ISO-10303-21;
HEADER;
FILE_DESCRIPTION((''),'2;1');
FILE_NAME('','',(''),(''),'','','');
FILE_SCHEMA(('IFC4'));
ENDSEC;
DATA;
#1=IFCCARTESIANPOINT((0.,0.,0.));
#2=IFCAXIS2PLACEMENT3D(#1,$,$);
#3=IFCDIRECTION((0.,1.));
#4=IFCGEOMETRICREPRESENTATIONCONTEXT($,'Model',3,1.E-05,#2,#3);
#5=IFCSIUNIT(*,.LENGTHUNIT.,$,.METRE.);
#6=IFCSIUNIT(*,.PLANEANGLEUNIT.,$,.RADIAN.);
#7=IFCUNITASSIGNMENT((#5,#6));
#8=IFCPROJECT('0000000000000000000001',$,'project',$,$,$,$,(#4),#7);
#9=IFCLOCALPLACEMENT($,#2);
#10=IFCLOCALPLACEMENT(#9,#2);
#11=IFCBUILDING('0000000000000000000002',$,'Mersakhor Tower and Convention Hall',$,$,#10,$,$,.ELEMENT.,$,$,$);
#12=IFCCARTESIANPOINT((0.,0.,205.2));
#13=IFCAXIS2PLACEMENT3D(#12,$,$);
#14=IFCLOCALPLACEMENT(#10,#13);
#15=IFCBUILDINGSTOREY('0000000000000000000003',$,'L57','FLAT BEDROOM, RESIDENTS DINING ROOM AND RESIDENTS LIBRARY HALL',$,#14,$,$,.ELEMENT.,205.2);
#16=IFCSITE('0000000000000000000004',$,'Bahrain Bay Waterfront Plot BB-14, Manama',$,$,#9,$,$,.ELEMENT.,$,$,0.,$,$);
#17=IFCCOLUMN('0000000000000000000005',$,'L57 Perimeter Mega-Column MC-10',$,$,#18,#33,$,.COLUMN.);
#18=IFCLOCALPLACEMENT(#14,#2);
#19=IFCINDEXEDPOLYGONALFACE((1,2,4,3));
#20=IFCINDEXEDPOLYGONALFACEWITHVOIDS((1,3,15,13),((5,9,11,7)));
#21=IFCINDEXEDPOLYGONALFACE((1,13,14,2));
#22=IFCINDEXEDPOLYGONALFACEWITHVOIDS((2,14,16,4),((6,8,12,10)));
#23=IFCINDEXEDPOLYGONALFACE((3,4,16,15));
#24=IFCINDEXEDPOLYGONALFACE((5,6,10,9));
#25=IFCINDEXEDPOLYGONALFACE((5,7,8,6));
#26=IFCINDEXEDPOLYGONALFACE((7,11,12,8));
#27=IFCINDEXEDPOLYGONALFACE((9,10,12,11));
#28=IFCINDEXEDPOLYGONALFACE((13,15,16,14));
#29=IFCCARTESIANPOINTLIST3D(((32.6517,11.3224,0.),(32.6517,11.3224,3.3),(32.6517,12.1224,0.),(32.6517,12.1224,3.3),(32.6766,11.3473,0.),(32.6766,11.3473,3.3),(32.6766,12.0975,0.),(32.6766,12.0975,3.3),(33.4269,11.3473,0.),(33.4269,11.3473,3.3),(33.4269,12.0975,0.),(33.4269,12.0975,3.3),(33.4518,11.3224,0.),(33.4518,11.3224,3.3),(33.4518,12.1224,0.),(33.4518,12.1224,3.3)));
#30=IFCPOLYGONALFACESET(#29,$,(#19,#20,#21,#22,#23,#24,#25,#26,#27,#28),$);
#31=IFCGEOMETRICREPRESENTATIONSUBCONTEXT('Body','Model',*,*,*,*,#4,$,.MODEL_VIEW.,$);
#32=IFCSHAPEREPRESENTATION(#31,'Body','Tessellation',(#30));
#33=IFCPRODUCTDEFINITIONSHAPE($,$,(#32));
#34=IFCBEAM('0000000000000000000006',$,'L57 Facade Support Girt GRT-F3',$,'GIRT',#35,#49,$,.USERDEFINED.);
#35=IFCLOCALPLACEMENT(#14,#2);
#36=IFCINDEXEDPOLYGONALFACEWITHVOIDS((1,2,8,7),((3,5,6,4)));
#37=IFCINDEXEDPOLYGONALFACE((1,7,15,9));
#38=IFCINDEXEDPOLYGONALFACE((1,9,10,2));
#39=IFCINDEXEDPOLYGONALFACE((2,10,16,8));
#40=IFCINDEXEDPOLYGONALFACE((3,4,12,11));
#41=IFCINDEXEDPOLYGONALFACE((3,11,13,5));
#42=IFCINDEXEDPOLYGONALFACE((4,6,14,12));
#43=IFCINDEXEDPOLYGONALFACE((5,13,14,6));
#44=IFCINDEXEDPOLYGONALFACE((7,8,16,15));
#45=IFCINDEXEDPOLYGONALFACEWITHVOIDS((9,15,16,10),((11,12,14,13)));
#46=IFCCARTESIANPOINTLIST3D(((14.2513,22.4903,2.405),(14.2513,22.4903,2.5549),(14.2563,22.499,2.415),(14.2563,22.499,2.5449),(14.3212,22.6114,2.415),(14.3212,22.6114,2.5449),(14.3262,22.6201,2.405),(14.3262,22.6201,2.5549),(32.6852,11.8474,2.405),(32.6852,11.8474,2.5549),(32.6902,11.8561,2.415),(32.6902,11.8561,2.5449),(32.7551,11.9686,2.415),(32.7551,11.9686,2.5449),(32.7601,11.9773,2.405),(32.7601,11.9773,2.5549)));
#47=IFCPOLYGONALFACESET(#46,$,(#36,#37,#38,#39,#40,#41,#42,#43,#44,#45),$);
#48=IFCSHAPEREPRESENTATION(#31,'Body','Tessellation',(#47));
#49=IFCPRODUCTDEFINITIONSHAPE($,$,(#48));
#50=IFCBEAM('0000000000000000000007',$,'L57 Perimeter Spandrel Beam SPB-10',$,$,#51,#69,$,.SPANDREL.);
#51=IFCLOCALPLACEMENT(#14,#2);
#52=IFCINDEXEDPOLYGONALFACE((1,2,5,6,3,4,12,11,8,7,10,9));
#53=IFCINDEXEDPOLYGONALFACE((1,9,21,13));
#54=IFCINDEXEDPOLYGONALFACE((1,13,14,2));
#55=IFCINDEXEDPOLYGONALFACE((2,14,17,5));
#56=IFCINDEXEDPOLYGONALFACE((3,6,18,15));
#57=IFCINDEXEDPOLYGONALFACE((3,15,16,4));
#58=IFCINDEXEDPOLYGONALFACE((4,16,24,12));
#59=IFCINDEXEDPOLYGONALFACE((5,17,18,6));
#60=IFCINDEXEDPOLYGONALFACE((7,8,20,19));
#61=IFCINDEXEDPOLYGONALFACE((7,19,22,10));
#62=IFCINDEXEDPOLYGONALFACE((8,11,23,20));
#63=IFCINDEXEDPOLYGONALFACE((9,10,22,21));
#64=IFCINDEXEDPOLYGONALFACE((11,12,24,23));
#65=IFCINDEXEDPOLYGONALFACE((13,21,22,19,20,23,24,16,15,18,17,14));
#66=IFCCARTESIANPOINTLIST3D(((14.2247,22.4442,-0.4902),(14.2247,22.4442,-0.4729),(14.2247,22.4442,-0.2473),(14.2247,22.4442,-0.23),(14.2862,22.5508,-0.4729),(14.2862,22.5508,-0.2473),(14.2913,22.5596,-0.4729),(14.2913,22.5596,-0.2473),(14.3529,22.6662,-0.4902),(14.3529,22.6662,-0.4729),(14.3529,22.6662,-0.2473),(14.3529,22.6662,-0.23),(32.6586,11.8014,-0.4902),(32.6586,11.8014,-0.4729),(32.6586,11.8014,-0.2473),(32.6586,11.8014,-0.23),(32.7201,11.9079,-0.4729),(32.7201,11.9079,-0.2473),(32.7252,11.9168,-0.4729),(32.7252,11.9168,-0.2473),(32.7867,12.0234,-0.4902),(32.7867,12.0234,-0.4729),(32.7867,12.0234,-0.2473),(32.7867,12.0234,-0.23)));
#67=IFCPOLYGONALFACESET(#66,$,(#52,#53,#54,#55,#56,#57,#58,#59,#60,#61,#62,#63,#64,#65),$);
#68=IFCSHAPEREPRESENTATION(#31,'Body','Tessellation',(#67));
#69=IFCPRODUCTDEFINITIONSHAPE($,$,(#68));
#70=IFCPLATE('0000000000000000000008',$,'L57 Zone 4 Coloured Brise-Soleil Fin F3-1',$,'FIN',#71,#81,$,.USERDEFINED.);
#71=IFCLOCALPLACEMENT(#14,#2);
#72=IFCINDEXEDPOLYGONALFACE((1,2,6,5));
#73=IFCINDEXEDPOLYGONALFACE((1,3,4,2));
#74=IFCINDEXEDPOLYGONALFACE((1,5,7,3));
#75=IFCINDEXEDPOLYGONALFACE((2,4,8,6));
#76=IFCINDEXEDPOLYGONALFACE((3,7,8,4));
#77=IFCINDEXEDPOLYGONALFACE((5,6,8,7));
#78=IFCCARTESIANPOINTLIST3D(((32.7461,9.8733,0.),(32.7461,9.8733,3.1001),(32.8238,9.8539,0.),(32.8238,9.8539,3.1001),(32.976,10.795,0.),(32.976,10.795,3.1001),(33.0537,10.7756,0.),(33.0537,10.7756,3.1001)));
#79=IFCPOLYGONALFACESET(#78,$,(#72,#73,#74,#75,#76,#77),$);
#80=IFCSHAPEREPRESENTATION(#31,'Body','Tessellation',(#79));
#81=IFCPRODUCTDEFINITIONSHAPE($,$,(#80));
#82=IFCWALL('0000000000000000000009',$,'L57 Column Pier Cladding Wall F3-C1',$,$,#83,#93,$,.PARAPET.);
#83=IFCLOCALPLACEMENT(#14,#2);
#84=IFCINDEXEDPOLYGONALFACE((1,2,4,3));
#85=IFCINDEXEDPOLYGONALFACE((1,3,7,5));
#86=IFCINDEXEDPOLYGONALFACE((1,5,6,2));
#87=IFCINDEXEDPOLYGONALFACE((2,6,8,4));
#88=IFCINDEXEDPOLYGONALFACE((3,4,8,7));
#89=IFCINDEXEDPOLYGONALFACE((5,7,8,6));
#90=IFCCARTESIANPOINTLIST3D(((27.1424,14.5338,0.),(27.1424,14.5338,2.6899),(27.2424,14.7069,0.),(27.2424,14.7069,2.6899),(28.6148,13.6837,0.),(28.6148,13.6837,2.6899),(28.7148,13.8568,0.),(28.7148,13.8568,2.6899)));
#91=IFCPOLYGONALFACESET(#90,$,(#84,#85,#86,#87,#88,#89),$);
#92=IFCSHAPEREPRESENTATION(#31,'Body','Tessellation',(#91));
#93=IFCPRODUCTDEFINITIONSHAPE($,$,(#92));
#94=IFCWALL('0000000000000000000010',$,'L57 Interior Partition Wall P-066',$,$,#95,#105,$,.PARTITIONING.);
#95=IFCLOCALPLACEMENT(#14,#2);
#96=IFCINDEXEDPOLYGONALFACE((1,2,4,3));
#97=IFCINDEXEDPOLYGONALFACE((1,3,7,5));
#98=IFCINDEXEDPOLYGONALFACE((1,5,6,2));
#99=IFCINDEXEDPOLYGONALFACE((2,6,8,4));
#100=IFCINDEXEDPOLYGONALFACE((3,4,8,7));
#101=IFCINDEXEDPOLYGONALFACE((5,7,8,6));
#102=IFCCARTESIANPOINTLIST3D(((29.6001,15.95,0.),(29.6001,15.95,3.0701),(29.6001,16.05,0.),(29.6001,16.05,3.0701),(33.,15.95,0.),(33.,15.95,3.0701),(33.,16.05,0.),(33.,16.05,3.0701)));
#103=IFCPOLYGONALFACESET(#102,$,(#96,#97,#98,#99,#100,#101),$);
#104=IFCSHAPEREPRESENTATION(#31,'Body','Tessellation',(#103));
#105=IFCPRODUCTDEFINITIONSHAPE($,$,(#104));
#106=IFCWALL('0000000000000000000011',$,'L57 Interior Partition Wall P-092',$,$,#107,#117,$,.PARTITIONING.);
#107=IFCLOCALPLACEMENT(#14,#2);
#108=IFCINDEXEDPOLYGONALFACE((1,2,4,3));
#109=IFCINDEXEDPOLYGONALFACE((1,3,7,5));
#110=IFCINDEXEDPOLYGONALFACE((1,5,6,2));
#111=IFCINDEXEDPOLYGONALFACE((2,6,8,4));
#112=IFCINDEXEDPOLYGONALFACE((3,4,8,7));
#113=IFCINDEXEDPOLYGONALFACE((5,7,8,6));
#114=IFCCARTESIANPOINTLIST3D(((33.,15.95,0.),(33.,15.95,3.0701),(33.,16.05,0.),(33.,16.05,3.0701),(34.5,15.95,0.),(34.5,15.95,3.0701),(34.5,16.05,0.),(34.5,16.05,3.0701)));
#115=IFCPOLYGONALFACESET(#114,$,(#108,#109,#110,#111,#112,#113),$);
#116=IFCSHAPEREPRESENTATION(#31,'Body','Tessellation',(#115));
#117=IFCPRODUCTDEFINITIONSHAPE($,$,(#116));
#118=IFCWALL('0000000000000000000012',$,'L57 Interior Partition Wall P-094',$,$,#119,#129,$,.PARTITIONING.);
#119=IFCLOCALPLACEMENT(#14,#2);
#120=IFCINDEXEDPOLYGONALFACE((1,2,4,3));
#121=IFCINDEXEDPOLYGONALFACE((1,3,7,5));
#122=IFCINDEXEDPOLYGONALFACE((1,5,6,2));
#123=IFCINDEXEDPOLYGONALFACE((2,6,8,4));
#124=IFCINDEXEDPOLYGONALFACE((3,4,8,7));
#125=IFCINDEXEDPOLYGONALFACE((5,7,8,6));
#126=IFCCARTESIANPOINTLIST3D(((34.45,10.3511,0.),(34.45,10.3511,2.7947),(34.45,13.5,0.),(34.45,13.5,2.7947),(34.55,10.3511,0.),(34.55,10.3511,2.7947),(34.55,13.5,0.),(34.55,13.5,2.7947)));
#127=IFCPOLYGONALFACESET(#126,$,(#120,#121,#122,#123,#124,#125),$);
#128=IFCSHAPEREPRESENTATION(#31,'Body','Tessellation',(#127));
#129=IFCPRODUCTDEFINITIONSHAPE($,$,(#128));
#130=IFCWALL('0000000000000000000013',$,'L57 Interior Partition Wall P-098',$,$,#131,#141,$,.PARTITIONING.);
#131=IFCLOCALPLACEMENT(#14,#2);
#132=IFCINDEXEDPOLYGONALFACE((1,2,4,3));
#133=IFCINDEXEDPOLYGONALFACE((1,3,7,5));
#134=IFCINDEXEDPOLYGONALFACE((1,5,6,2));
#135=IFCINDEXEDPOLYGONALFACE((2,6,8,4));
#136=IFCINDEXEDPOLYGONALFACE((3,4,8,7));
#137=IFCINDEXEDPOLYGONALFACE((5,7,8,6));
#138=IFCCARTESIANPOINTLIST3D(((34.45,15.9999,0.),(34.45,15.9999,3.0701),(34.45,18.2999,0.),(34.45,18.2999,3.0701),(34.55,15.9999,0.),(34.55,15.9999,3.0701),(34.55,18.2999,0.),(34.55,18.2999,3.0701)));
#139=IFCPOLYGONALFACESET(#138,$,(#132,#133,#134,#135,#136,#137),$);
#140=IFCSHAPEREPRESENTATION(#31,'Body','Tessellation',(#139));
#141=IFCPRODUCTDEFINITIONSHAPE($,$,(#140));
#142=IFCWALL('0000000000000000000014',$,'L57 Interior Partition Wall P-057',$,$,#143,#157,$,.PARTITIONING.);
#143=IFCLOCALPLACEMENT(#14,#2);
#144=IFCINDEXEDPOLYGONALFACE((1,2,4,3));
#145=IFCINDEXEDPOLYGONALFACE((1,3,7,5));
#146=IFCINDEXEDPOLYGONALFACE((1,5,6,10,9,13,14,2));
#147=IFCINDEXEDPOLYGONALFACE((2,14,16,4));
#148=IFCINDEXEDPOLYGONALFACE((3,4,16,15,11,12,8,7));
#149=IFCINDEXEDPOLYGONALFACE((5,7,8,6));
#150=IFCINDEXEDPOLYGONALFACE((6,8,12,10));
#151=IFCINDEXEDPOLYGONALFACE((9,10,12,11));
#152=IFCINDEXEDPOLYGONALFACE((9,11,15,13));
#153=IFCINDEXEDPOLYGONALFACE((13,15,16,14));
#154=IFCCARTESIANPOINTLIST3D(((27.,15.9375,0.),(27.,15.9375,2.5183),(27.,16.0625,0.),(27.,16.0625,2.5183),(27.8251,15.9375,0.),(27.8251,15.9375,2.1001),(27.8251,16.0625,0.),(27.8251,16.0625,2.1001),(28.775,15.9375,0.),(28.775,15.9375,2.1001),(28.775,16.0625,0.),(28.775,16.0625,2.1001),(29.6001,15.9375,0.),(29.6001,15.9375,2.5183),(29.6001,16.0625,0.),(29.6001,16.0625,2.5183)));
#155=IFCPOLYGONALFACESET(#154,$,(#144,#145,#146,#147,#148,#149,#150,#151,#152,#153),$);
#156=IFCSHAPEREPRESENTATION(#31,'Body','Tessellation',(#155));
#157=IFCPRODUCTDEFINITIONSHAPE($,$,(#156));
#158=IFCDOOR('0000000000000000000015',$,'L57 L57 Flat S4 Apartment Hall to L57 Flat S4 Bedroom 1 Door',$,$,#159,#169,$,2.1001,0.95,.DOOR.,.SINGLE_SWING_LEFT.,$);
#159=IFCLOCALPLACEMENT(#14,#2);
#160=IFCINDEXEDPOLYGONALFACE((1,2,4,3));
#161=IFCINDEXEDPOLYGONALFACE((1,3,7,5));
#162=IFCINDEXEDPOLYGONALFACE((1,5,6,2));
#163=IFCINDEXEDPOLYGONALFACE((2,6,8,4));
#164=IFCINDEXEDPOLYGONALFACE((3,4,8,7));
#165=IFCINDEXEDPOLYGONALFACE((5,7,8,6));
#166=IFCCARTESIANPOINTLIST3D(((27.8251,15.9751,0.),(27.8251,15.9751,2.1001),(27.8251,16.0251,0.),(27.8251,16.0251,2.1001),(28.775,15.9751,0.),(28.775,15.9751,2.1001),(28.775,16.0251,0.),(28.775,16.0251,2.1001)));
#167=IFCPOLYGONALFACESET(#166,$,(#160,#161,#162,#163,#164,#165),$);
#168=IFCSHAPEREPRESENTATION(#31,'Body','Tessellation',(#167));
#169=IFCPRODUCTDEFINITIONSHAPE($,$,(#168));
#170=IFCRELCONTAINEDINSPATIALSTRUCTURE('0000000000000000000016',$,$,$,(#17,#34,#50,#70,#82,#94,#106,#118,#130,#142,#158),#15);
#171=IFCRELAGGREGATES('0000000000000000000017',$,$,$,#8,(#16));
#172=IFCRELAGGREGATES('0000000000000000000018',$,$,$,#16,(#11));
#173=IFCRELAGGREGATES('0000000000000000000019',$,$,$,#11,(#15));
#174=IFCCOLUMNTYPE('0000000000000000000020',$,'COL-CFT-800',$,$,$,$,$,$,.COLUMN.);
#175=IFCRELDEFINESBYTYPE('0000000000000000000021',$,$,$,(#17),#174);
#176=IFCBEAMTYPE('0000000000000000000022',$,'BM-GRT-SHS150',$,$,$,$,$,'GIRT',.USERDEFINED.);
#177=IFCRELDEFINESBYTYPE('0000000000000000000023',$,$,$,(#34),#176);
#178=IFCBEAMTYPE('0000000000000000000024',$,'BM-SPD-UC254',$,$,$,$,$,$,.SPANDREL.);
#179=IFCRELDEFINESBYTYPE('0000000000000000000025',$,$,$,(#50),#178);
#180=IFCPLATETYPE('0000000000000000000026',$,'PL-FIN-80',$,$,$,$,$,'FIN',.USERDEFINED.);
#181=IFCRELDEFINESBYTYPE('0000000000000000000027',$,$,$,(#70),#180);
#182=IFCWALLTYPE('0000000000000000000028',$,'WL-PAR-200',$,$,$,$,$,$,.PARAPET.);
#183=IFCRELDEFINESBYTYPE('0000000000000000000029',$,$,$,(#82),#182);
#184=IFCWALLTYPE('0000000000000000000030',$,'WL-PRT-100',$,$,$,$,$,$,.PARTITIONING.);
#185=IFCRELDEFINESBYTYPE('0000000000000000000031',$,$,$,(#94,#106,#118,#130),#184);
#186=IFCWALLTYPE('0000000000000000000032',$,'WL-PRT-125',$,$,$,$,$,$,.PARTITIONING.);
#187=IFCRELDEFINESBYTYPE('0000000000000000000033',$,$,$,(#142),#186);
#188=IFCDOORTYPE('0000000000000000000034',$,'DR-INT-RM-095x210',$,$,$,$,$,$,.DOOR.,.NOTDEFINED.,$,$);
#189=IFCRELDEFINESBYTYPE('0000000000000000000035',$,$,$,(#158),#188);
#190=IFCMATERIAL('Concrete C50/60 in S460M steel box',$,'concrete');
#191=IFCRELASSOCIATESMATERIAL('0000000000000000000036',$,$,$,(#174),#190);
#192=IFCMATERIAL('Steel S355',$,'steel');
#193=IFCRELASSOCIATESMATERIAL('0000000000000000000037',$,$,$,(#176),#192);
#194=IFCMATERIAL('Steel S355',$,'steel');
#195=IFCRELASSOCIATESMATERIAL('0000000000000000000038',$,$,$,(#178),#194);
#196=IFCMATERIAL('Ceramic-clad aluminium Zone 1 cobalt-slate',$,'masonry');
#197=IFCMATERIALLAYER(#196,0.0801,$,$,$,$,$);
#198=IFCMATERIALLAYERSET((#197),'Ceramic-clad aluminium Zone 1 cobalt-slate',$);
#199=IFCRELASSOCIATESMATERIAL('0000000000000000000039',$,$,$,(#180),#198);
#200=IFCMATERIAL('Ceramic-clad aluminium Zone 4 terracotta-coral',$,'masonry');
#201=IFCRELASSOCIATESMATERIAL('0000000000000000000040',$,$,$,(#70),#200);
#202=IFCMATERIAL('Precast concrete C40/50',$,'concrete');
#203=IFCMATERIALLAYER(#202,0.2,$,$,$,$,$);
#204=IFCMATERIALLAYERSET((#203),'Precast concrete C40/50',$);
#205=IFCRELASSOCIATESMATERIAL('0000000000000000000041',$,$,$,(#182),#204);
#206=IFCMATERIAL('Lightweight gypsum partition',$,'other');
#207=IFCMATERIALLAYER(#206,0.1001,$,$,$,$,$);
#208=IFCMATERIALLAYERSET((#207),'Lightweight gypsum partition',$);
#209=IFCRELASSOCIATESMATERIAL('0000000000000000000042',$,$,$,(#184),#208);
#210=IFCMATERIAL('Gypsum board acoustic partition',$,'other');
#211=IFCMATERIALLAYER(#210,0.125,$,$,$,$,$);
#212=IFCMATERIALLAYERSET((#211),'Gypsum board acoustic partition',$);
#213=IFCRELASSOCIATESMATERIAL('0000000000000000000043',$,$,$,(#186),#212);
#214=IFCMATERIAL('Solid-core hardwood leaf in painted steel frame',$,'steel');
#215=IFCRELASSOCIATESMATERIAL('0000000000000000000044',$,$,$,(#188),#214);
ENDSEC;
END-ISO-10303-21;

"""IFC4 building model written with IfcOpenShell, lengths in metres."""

from ifc_helpers import new_model, si_unit, direction, frame, frame_2d, origin, origin_2d, place, context, subcontext, project, spatial, rectangle, hollow_rectangle, i_section, extrude, material, layer, layer_set, material_profile, profile_set, type_object, element, fill, save


model = new_model("IFC4")

# Units and contexts
model_context = context("Model", 3, precision=1e-05, world=origin(), true_north=direction((0.0, 1.0)))
body_context = subcontext(model_context, "Body", "Model", "MODEL_VIEW")
ifc_project = project(units=[si_unit("LENGTHUNIT", "METRE"), si_unit("PLANEANGLEUNIT", "RADIAN")], contexts=[model_context])

# Site, building, storey
site_placement = place(None, origin())
site = spatial("IfcSite", under=ifc_project, at=site_placement, Name="Bahrain Bay Waterfront Plot BB-14, Manama", CompositionType="ELEMENT", RefElevation=0.0)
building_placement = place(site_placement, origin())
building = spatial("IfcBuilding", under=site, at=building_placement, Name="Mersakhor Tower and Convention Hall", CompositionType="ELEMENT")
storey_placement = place(building_placement, frame((0.0, 0.0, 205.2)))
storey = spatial("IfcBuildingStorey", under=building, at=storey_placement, Name="L57", Description="FLAT BEDROOM, RESIDENTS DINING ROOM AND RESIDENTS LIBRARY HALL", CompositionType="ELEMENT", Elevation=205.2)

# Column
ifc_material_1 = material(Name="Concrete C50/60 in S460M steel box", Category="concrete")
ifc_material_profile_1 = material_profile(ifc_material_1, hollow_rectangle(XDim=0.8, YDim=0.8, WallThickness=0.0249, at=origin_2d()), Name="SHS 800x800x25")
ifc_profile_set_1 = profile_set([ifc_material_profile_1], Name="Concrete C50/60 in S460M steel box")
column_type = type_object("IfcColumnType", Name="COL-CFT-800", PredefinedType="COLUMN", material=ifc_profile_set_1)
column_placement = place(storey_placement, frame((33.0518, 11.7224, 0.0), z_axis=(0.0, 0.0, 1.0), x_axis=(1.0, 0.0, 0.0)))
element("IfcColumn", 1, at=column_placement, inside=storey, type_object=column_type, Name="L57 Perimeter Mega-Column MC-10", PredefinedType="COLUMN", context=body_context, shape_type="SweptSolid", body=[
    extrude(hollow_rectangle(XDim=0.8, YDim=0.8, WallThickness=0.0249, at=origin_2d()), origin(), (0.0, 0.0, 1.0), 3.3),
])

# Beams
ifc_material_2 = material(Name="Steel S355", Category="steel")
ifc_material_profile_2 = material_profile(ifc_material_2, hollow_rectangle(XDim=0.1499, YDim=0.1499, WallThickness=0.01, at=origin_2d()), Name="SHS 150x150x10")
ifc_profile_set_2 = profile_set([ifc_material_profile_2], Name="Steel S355")
beam_type_1 = type_object("IfcBeamType", Name="BM-GRT-SHS150", ElementType="GIRT", PredefinedType="USERDEFINED", material=ifc_profile_set_2)
beam_1_placement = place(storey_placement, frame((32.7227, 11.9124, 2.48), z_axis=(-0.866025, 0.500001, 0.0), x_axis=(-0.500001, -0.866025, 0.0)))
element("IfcBeam", 2, at=beam_1_placement, inside=storey, type_object=beam_type_1, Name="L57 Facade Support Girt GRT-F3", ObjectType="GIRT", PredefinedType="USERDEFINED", context=body_context, shape_type="SweptSolid", body=[
    extrude(hollow_rectangle(XDim=0.1499, YDim=0.1499, WallThickness=0.01, at=origin_2d()), origin(), (0.0, 0.0, 1.0), 21.2856),
])
ifc_material_3 = material(Name="Steel S355", Category="steel")
ifc_material_profile_3 = material_profile(ifc_material_3, i_section(OverallWidth=0.2563, OverallDepth=0.2603, WebThickness=0.0103, FlangeThickness=0.0173, at=origin_2d()), Name="UC 254x254x89")
ifc_profile_set_3 = profile_set([ifc_material_profile_3], Name="Steel S355")
beam_type_2 = type_object("IfcBeamType", Name="BM-SPD-UC254", PredefinedType="SPANDREL", material=ifc_profile_set_3)
beam_2_placement = place(storey_placement, frame((32.7227, 11.9124, -0.3601), z_axis=(-0.866025, 0.500001, 0.0), x_axis=(-0.500001, -0.866025, 0.0)))
element("IfcBeam", 3, at=beam_2_placement, inside=storey, type_object=beam_type_2, Name="L57 Perimeter Spandrel Beam SPB-10", PredefinedType="SPANDREL", context=body_context, shape_type="SweptSolid", body=[
    extrude(i_section(OverallWidth=0.2563, OverallDepth=0.2603, WebThickness=0.0103, FlangeThickness=0.0173, at=origin_2d()), origin(), (0.0, 0.0, 1.0), 21.2856),
])

# Plate
ifc_material_4 = material(Name="Ceramic-clad aluminium Zone 4 terracotta-coral", Category="masonry")
ifc_material_5 = material(Name="Ceramic-clad aluminium Zone 1 cobalt-slate", Category="masonry")
ifc_layer_1 = layer(ifc_material_5, 0.0801)
ifc_layer_set_1 = layer_set([ifc_layer_1], Name="Ceramic-clad aluminium Zone 1 cobalt-slate")
plate_type = type_object("IfcPlateType", Name="PL-FIN-80", ElementType="FIN", PredefinedType="USERDEFINED", material=ifc_layer_set_1)
plate_placement = place(storey_placement, frame((32.8999, 10.3245, 0.0), z_axis=(0.0, 0.0, 1.0), x_axis=(-0.241922, -0.970296, 0.0)))
element("IfcPlate", 4, at=plate_placement, inside=storey, type_object=plate_type, material=ifc_material_4, Name="L57 Zone 4 Coloured Brise-Soleil Fin F3-1", ObjectType="FIN", PredefinedType="USERDEFINED", context=body_context, shape_type="SweptSolid", body=[
    extrude(rectangle(XDim=0.95, YDim=0.0801, at=origin_2d()), origin(), (0.0, 0.0, 1.0), 3.1001),
])

# Walls
ifc_material_6 = material(Name="Precast concrete C40/50", Category="concrete")
ifc_layer_2 = layer(ifc_material_6, 0.2)
ifc_layer_set_2 = layer_set([ifc_layer_2], Name="Precast concrete C40/50")
wall_type_1 = type_object("IfcWallType", Name="WL-PAR-200", PredefinedType="PARAPET", material=ifc_layer_set_2)
wall_1_placement = place(storey_placement, frame((28.6648, 13.7703, 0.0), z_axis=(0.0, 0.0, 1.0), x_axis=(-0.866025, 0.5, 0.0)))
element("IfcWall", 5, at=wall_1_placement, inside=storey, type_object=wall_type_1, Name="L57 Column Pier Cladding Wall F3-C1", PredefinedType="PARAPET", context=body_context, shape_type="SweptSolid", body=[
    extrude(rectangle(XDim=1.7002, YDim=0.2, at=frame_2d((0.8501, 0.0))), origin(), (0.0, 0.0, 1.0), 2.6899),
])
ifc_material_7 = material(Name="Lightweight gypsum partition", Category="other")
ifc_layer_3 = layer(ifc_material_7, 0.1001)
ifc_layer_set_3 = layer_set([ifc_layer_3], Name="Lightweight gypsum partition")
wall_type_2 = type_object("IfcWallType", Name="WL-PRT-100", PredefinedType="PARTITIONING", material=ifc_layer_set_3)
wall_2_placement = place(storey_placement, frame((33.0, 16.0, 0.0), z_axis=(0.0, 0.0, 1.0), x_axis=(-1.0, 0.0, 0.0)))
element("IfcWall", 6, at=wall_2_placement, inside=storey, type_object=wall_type_2, Name="L57 Interior Partition Wall P-066", PredefinedType="PARTITIONING", context=body_context, shape_type="SweptSolid", body=[
    extrude(rectangle(XDim=3.3999, YDim=0.1001, at=frame_2d((1.7, 0.0))), origin(), (0.0, 0.0, 1.0), 3.0701),
])
wall_3_placement = place(storey_placement, frame((33.0, 16.0, 0.0), z_axis=(0.0, 0.0, 1.0), x_axis=(1.0, 0.0, 0.0)))
element("IfcWall", 7, at=wall_3_placement, inside=storey, type_object=wall_type_2, Name="L57 Interior Partition Wall P-092", PredefinedType="PARTITIONING", context=body_context, shape_type="SweptSolid", body=[
    extrude(rectangle(XDim=1.5, YDim=0.1001, at=frame_2d((0.75, 0.0))), origin(), (0.0, 0.0, 1.0), 3.0701),
])
wall_4_placement = place(storey_placement, frame((34.5, 13.5, 0.0), z_axis=(0.0, 0.0, 1.0), x_axis=(0.0, -1.0, 0.0)))
element("IfcWall", 8, at=wall_4_placement, inside=storey, type_object=wall_type_2, Name="L57 Interior Partition Wall P-094", PredefinedType="PARTITIONING", context=body_context, shape_type="SweptSolid", body=[
    extrude(rectangle(XDim=3.1489, YDim=0.1001, at=frame_2d((1.5745, 0.0))), origin(), (0.0, 0.0, 1.0), 2.7947),
])
wall_5_placement = place(storey_placement, frame((34.5, 16.0, 0.0), z_axis=(0.0, 0.0, 1.0), x_axis=(0.0, 1.0, 0.0)))
element("IfcWall", 9, at=wall_5_placement, inside=storey, type_object=wall_type_2, Name="L57 Interior Partition Wall P-098", PredefinedType="PARTITIONING", context=body_context, shape_type="SweptSolid", body=[
    extrude(rectangle(XDim=2.3, YDim=0.1001, at=frame_2d((1.1499, 0.0))), origin(), (0.0, 0.0, 1.0), 3.0701),
])

# Wall, opening, door
ifc_material_8 = material(Name="Gypsum board acoustic partition", Category="other")
ifc_layer_4 = layer(ifc_material_8, 0.125)
ifc_layer_set_4 = layer_set([ifc_layer_4], Name="Gypsum board acoustic partition")
wall_type_3 = type_object("IfcWallType", Name="WL-PRT-125", PredefinedType="PARTITIONING", material=ifc_layer_set_4)
wall_6_placement = place(storey_placement, frame((29.6001, 16.0, 0.0), z_axis=(0.0, 0.0, 1.0), x_axis=(-1.0, 0.0, 0.0)))
wall_6 = element("IfcWall", 10, at=wall_6_placement, inside=storey, type_object=wall_type_3, Name="L57 Interior Partition Wall P-057", PredefinedType="PARTITIONING", context=body_context, shape_type="SweptSolid", body=[
    extrude(rectangle(XDim=2.6001, YDim=0.125, at=frame_2d((1.3, 0.0))), origin(), (0.0, 0.0, 1.0), 2.5183),
])
opening_1_placement = place(wall_6_placement, frame((0.825, 0.0, 0.0)))
opening_1 = element("IfcOpeningElement", 11, at=opening_1_placement, cuts=wall_6, PredefinedType="OPENING", context=body_context, shape_type="SweptSolid", body=[
    extrude(rectangle(XDim=0.95, YDim=2.1001, at=frame_2d((0.4751, 1.05))), frame((0.0, 0.0725, 0.0), z_axis=(0.0, -1.0, 0.0), x_axis=(1.0, 0.0, 0.0)), (0.0, 0.0, 1.0), 0.145),
])
ifc_material_9 = material(Name="Solid-core hardwood leaf in painted steel frame", Category="steel")
door_type_1 = type_object("IfcDoorType", Name="DR-INT-RM-095x210", OperationType="NOTDEFINED", PredefinedType="DOOR", material=ifc_material_9)
door_1_placement = place(opening_1_placement, origin())
door_1 = element("IfcDoor", 12, at=door_1_placement, inside=storey, type_object=door_type_1, Name="L57 L57 Flat S4 Apartment Hall to L57 Flat S4 Bedroom 1 Door", OperationType="SINGLE_SWING_LEFT", OverallHeight=2.1001, OverallWidth=0.95, PredefinedType="DOOR", context=body_context, shape_type="SweptSolid", body=[
    extrude(rectangle(XDim=0.95, YDim=2.1001, at=frame_2d((0.4751, 1.05))), frame((0.0, 0.0249, 0.0), z_axis=(0.0, -1.0, 0.0), x_axis=(1.0, 0.0, 0.0)), (0.0, 0.0, 1.0), 0.05),
])
fill(opening_1, door_1)

save(model, "model.ifc")
